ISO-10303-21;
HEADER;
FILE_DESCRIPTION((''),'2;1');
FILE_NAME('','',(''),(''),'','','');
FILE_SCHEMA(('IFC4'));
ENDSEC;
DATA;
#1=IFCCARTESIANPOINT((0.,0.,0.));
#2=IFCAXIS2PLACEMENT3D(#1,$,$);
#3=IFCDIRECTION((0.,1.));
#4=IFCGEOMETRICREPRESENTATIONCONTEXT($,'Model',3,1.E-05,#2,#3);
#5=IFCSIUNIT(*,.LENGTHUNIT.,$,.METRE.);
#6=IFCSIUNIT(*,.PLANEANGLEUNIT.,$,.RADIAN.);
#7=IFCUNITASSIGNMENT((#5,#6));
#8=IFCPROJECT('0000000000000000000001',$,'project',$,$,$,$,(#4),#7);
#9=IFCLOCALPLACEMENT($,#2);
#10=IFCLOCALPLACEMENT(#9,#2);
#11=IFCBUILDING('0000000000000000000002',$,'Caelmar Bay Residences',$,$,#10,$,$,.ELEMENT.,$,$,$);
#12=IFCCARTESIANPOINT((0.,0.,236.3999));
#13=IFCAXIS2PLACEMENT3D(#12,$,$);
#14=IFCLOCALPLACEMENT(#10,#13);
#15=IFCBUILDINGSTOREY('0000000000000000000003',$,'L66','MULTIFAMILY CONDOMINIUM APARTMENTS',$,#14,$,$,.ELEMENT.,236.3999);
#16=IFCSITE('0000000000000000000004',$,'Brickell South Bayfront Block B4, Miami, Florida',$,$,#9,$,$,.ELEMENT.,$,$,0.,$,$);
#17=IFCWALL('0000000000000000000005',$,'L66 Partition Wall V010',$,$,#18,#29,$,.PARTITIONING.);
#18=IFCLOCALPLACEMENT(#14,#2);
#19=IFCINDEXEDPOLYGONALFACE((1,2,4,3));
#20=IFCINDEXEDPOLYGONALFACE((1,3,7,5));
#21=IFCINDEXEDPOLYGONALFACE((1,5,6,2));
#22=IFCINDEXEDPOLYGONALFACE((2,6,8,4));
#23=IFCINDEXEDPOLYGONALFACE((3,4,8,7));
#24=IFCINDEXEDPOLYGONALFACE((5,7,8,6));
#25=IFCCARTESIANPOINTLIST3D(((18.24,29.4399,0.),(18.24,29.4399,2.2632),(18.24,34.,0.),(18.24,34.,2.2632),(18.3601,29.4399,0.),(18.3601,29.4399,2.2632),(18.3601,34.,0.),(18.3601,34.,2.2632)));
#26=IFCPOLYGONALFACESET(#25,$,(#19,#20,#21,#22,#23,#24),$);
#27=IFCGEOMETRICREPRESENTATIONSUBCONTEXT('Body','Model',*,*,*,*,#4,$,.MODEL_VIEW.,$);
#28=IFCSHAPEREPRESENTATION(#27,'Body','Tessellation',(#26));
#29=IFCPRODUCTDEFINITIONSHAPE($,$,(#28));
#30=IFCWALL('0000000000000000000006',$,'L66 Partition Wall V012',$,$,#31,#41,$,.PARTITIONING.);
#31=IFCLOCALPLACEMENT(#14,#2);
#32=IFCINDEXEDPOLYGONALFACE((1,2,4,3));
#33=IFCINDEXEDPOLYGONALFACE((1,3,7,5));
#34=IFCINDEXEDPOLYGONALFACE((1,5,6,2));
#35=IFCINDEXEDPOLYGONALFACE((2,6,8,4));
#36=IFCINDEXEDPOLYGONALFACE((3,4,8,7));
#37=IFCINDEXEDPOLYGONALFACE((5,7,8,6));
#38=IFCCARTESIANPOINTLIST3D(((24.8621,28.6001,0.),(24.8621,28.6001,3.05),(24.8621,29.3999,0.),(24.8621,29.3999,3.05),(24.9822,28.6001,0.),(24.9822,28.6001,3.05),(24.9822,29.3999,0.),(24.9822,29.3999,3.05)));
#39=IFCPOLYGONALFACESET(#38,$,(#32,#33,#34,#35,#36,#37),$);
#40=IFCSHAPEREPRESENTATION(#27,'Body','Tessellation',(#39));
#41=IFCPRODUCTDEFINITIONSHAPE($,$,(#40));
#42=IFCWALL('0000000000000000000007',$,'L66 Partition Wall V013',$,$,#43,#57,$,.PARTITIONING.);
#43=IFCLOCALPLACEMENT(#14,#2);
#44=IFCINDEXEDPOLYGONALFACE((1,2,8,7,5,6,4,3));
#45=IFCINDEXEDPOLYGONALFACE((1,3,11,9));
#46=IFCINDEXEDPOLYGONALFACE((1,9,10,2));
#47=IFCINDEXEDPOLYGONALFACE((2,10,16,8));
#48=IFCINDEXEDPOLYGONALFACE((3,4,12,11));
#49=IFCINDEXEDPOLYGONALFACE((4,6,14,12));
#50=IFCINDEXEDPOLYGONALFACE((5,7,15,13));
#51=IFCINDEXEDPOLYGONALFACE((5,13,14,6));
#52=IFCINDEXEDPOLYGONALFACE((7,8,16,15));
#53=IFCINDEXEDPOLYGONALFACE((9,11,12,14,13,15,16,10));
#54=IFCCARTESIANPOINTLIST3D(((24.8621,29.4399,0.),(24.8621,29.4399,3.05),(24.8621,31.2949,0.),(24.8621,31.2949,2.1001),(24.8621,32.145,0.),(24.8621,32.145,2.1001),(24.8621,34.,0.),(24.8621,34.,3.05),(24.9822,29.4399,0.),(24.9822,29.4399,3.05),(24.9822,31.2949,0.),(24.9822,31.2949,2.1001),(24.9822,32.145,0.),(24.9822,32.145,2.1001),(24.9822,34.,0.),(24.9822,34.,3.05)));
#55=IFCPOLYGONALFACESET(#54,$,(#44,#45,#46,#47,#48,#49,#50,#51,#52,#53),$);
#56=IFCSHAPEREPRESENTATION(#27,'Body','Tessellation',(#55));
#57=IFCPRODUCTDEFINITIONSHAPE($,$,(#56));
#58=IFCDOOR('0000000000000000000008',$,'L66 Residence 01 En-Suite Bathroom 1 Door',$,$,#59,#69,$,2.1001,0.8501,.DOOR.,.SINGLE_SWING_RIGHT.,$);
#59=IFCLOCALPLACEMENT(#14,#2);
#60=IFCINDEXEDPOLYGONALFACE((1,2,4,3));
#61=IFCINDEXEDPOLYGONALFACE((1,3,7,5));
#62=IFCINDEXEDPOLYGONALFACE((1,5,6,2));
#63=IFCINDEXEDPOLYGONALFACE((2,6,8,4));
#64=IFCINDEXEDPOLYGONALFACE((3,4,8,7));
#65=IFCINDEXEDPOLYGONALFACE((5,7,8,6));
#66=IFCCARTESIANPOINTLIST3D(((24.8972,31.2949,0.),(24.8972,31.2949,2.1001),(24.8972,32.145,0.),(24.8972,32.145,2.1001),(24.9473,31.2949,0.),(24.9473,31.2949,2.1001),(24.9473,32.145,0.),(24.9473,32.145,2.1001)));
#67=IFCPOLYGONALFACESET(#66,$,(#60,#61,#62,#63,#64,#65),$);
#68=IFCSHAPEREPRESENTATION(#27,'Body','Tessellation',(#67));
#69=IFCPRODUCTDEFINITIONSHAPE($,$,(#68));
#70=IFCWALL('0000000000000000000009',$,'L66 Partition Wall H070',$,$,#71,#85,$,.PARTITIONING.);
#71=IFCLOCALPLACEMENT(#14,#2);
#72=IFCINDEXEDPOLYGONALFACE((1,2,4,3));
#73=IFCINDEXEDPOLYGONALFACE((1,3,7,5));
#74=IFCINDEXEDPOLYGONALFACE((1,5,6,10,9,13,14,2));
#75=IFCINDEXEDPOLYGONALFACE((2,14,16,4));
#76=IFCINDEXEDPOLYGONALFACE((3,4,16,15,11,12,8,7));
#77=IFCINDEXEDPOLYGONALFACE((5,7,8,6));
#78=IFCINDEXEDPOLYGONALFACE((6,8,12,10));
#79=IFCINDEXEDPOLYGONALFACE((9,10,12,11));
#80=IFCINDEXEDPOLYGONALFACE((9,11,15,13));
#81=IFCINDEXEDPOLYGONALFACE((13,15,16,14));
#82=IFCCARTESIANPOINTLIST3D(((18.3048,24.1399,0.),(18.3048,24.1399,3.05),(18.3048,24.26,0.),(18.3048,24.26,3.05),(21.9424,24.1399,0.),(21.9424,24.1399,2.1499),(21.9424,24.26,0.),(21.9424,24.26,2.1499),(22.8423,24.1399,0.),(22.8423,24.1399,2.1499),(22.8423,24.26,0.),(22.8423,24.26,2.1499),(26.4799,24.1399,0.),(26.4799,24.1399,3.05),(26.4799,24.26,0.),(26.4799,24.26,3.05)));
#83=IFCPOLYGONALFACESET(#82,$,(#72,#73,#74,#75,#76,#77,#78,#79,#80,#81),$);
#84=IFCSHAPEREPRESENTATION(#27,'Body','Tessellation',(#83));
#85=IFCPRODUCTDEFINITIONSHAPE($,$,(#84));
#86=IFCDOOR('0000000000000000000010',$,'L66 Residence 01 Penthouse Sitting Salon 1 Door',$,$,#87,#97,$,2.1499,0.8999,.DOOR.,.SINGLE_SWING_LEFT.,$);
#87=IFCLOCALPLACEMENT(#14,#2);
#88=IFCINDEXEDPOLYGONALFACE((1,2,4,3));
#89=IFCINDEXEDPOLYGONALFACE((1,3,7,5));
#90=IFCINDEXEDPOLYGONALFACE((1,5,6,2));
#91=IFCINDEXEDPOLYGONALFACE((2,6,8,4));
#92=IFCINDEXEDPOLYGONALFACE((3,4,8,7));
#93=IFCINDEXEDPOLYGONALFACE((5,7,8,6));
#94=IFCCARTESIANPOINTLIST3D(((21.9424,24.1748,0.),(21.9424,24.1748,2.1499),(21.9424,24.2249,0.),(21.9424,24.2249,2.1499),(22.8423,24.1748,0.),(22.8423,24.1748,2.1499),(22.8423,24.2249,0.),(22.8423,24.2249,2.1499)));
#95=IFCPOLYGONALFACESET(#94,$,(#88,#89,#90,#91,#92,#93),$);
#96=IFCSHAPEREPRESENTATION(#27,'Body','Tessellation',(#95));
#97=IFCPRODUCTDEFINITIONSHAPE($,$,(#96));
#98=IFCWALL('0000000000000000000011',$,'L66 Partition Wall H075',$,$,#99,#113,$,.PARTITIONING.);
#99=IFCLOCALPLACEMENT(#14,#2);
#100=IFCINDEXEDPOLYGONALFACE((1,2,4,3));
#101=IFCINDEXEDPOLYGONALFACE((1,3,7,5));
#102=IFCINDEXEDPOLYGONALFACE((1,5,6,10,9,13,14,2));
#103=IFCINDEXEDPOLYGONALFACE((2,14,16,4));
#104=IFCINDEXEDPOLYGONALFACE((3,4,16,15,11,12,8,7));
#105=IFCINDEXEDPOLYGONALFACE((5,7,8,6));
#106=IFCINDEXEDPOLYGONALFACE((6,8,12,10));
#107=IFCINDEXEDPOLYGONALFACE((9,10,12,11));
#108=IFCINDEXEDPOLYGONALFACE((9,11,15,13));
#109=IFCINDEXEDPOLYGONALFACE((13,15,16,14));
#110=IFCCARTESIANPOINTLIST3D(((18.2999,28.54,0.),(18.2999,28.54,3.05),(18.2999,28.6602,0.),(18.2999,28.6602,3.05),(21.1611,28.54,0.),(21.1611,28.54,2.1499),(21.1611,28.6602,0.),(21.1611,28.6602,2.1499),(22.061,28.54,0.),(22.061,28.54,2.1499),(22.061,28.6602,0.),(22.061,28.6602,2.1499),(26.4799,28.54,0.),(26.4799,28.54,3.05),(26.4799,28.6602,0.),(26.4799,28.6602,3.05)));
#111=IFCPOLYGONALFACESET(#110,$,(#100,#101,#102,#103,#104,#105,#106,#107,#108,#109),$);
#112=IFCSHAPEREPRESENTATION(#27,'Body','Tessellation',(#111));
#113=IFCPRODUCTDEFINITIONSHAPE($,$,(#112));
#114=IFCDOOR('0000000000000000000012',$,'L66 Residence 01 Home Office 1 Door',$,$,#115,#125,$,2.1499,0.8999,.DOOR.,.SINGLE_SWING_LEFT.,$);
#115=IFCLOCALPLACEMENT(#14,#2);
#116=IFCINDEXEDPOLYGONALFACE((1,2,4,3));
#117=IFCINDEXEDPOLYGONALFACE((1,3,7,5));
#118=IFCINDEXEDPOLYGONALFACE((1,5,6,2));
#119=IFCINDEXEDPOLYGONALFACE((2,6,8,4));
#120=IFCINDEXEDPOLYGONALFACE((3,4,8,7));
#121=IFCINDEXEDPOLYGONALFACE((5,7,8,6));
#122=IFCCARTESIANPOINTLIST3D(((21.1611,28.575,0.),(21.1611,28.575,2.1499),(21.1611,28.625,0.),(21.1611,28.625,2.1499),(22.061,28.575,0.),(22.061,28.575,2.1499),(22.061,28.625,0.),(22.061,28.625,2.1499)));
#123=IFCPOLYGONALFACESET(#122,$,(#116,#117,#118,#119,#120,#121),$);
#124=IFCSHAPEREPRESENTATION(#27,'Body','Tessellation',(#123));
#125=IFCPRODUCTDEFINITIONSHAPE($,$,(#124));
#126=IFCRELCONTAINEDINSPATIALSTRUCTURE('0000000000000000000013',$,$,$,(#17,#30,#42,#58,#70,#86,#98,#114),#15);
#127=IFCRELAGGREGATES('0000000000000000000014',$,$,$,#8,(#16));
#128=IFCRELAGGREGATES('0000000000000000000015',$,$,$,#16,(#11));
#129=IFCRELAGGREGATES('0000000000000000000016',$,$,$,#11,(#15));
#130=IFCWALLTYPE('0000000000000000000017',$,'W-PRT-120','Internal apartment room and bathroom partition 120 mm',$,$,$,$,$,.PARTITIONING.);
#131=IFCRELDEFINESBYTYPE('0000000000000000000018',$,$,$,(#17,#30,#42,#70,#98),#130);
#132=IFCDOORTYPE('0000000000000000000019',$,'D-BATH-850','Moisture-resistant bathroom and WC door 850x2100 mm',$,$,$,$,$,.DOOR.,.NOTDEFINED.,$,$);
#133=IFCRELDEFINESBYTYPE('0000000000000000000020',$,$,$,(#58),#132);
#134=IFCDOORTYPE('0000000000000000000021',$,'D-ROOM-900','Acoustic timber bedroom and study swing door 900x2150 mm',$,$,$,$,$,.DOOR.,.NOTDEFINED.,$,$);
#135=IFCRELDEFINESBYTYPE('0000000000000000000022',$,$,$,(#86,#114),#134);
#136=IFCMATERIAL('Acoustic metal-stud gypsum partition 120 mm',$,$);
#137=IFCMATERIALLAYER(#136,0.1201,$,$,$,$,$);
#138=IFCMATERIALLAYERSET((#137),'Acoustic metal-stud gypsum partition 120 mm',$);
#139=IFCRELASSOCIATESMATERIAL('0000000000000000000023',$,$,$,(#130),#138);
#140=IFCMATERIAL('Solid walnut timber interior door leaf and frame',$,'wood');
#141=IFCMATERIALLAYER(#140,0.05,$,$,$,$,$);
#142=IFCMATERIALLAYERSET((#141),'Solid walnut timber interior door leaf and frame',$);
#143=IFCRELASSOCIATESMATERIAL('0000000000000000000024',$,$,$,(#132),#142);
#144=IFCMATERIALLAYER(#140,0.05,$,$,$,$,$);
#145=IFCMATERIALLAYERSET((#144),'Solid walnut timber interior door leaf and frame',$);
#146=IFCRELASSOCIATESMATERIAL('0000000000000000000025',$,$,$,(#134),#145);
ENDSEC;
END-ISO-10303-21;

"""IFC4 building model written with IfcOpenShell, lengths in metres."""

from ifc_helpers import new_model, si_unit, direction, frame, frame_2d, origin, place, context, subcontext, project, spatial, rectangle, extrude, material, layer, layer_set, type_object, element, fill, save


model = new_model("IFC4")

# Units and contexts
model_context = context("Model", 3, precision=1e-05, world=origin(), true_north=direction((0.0, 1.0)))
body_context = subcontext(model_context, "Body", "Model", "MODEL_VIEW")
ifc_project = project(units=[si_unit("LENGTHUNIT", "METRE"), si_unit("PLANEANGLEUNIT", "RADIAN")], contexts=[model_context])

# Site, building, storey
site_placement = place(None, origin())
site = spatial("IfcSite", under=ifc_project, at=site_placement, Name="Brickell South Bayfront Block B4, Miami, Florida", CompositionType="ELEMENT", RefElevation=0.0)
building_placement = place(site_placement, origin())
building = spatial("IfcBuilding", under=site, at=building_placement, Name="Caelmar Bay Residences", CompositionType="ELEMENT")
storey_placement = place(building_placement, frame((0.0, 0.0, 236.3999)))
storey = spatial("IfcBuildingStorey", under=building, at=storey_placement, Name="L66", Description="MULTIFAMILY CONDOMINIUM APARTMENTS", CompositionType="ELEMENT", Elevation=236.3999)

# Walls
ifc_material_1 = material(Name="Acoustic metal-stud gypsum partition 120 mm")
ifc_layer_1 = layer(ifc_material_1, 0.1201)
ifc_layer_set_1 = layer_set([ifc_layer_1], Name="Acoustic metal-stud gypsum partition 120 mm")
wall_type_1 = type_object("IfcWallType", Name="W-PRT-120", Description="Internal apartment room and bathroom partition 120 mm", PredefinedType="PARTITIONING", material=ifc_layer_set_1)
wall_1_placement = place(storey_placement, frame((18.3, 29.4399, 0.0), z_axis=(0.0, 0.0, 1.0), x_axis=(0.0, 1.0, 0.0)))
element("IfcWall", 1, at=wall_1_placement, inside=storey, type_object=wall_type_1, Name="L66 Partition Wall V010", PredefinedType="PARTITIONING", context=body_context, shape_type="SweptSolid", body=[
    extrude(rectangle(XDim=4.5601, YDim=0.1201, at=frame_2d((2.28, 0.0))), origin(), (0.0, 0.0, 1.0), 2.2632),
])
wall_2_placement = place(storey_placement, frame((24.9221, 28.6001, 0.0), z_axis=(0.0, 0.0, 1.0), x_axis=(0.0, 1.0, 0.0)))
element("IfcWall", 2, at=wall_2_placement, inside=storey, type_object=wall_type_1, Name="L66 Partition Wall V012", PredefinedType="PARTITIONING", context=body_context, shape_type="SweptSolid", body=[
    extrude(rectangle(XDim=0.7998, YDim=0.1201, at=frame_2d((0.3999, 0.0))), origin(), (0.0, 0.0, 1.0), 3.05),
])

# Walls, openings, doors
wall_3_placement = place(storey_placement, frame((24.9221, 29.4399, 0.0), z_axis=(0.0, 0.0, 1.0), x_axis=(0.0, 1.0, 0.0)))
wall_3 = element("IfcWall", 3, at=wall_3_placement, inside=storey, type_object=wall_type_1, Name="L66 Partition Wall V013", PredefinedType="PARTITIONING", context=body_context, shape_type="SweptSolid", body=[
    extrude(rectangle(XDim=4.5601, YDim=0.1201, at=frame_2d((2.28, 0.0))), origin(), (0.0, 0.0, 1.0), 3.05),
])
opening_1_placement = place(wall_3_placement, frame((1.855, 0.0, 0.0)))
opening_1 = element("IfcOpeningElement", 4, at=opening_1_placement, cuts=wall_3, PredefinedType="OPENING", context=body_context, shape_type="SweptSolid", body=[
    extrude(rectangle(XDim=0.8501, YDim=2.1001, at=frame_2d((0.425, 1.05))), frame((0.0, 0.0701, 0.0), z_axis=(0.0, -1.0, 0.0), x_axis=(1.0, 0.0, 0.0)), (0.0, 0.0, 1.0), 0.1401),
])
ifc_material_2 = material(Name="Solid walnut timber interior door leaf and frame", Category="wood")
ifc_layer_2 = layer(ifc_material_2, 0.05)
ifc_layer_set_2 = layer_set([ifc_layer_2], Name="Solid walnut timber interior door leaf and frame")
door_type_1 = type_object("IfcDoorType", Name="D-BATH-850", Description="Moisture-resistant bathroom and WC door 850x2100 mm", OperationType="NOTDEFINED", PredefinedType="DOOR", material=ifc_layer_set_2)
door_1_placement = place(opening_1_placement, origin())
door_1 = element("IfcDoor", 5, at=door_1_placement, inside=storey, type_object=door_type_1, Name="L66 Residence 01 En-Suite Bathroom 1 Door", OperationType="SINGLE_SWING_RIGHT", OverallHeight=2.1001, OverallWidth=0.8501, PredefinedType="DOOR", context=body_context, shape_type="SweptSolid", body=[
    extrude(rectangle(XDim=0.8501, YDim=2.1001, at=frame_2d((0.425, 1.05))), frame((0.0, 0.0249, 0.0), z_axis=(0.0, -1.0, 0.0), x_axis=(1.0, 0.0, 0.0)), (0.0, 0.0, 1.0), 0.05),
])
fill(opening_1, door_1)
wall_4_placement = place(storey_placement, frame((18.3049, 24.2, 0.0), z_axis=(0.0, 0.0, 1.0), x_axis=(1.0, 0.0, 0.0)))
wall_4 = element("IfcWall", 6, at=wall_4_placement, inside=storey, type_object=wall_type_1, Name="L66 Partition Wall H070", PredefinedType="PARTITIONING", context=body_context, shape_type="SweptSolid", body=[
    extrude(rectangle(XDim=8.175, YDim=0.1201, at=frame_2d((4.0874, 0.0))), origin(), (0.0, 0.0, 1.0), 3.05),
])
opening_2_placement = place(wall_4_placement, frame((3.6375, 0.0, 0.0)))
opening_2 = element("IfcOpeningElement", 7, at=opening_2_placement, cuts=wall_4, PredefinedType="OPENING", context=body_context, shape_type="SweptSolid", body=[
    extrude(rectangle(XDim=0.8999, YDim=2.1499, at=frame_2d((0.45, 1.075))), frame((0.0, 0.0701, 0.0), z_axis=(0.0, -1.0, 0.0), x_axis=(1.0, 0.0, 0.0)), (0.0, 0.0, 1.0), 0.1401),
])
ifc_layer_3 = layer(ifc_material_2, 0.05)
ifc_layer_set_3 = layer_set([ifc_layer_3], Name="Solid walnut timber interior door leaf and frame")
door_type_2 = type_object("IfcDoorType", Name="D-ROOM-900", Description="Acoustic timber bedroom and study swing door 900x2150 mm", OperationType="NOTDEFINED", PredefinedType="DOOR", material=ifc_layer_set_3)
door_2_placement = place(opening_2_placement, origin())
door_2 = element("IfcDoor", 8, at=door_2_placement, inside=storey, type_object=door_type_2, Name="L66 Residence 01 Penthouse Sitting Salon 1 Door", OperationType="SINGLE_SWING_LEFT", OverallHeight=2.1499, OverallWidth=0.8999, PredefinedType="DOOR", context=body_context, shape_type="SweptSolid", body=[
    extrude(rectangle(XDim=0.8999, YDim=2.1499, at=frame_2d((0.45, 1.075))), frame((0.0, 0.0249, 0.0), z_axis=(0.0, -1.0, 0.0), x_axis=(1.0, 0.0, 0.0)), (0.0, 0.0, 1.0), 0.05),
])
fill(opening_2, door_2)
wall_5_placement = place(storey_placement, frame((18.3, 28.6001, 0.0), z_axis=(0.0, 0.0, 1.0), x_axis=(1.0, 0.0, 0.0)))
wall_5 = element("IfcWall", 9, at=wall_5_placement, inside=storey, type_object=wall_type_1, Name="L66 Partition Wall H075", PredefinedType="PARTITIONING", context=body_context, shape_type="SweptSolid", body=[
    extrude(rectangle(XDim=8.1799, YDim=0.1201, at=frame_2d((4.0898, 0.0))), origin(), (0.0, 0.0, 1.0), 3.05),
])
opening_3_placement = place(wall_5_placement, frame((2.8611, 0.0, 0.0)))
opening_3 = element("IfcOpeningElement", 10, at=opening_3_placement, cuts=wall_5, PredefinedType="OPENING", context=body_context, shape_type="SweptSolid", body=[
    extrude(rectangle(XDim=0.8999, YDim=2.1499, at=frame_2d((0.45, 1.075))), frame((0.0, 0.0701, 0.0), z_axis=(0.0, -1.0, 0.0), x_axis=(1.0, 0.0, 0.0)), (0.0, 0.0, 1.0), 0.1401),
])
door_3_placement = place(opening_3_placement, origin())
door_3 = element("IfcDoor", 11, at=door_3_placement, inside=storey, type_object=door_type_2, Name="L66 Residence 01 Home Office 1 Door", OperationType="SINGLE_SWING_LEFT", OverallHeight=2.1499, OverallWidth=0.8999, PredefinedType="DOOR", context=body_context, shape_type="SweptSolid", body=[
    extrude(rectangle(XDim=0.8999, YDim=2.1499, at=frame_2d((0.45, 1.075))), frame((0.0, 0.0249, 0.0), z_axis=(0.0, -1.0, 0.0), x_axis=(1.0, 0.0, 0.0)), (0.0, 0.0, 1.0), 0.05),
])
fill(opening_3, door_3)

save(model, "model.ifc")
